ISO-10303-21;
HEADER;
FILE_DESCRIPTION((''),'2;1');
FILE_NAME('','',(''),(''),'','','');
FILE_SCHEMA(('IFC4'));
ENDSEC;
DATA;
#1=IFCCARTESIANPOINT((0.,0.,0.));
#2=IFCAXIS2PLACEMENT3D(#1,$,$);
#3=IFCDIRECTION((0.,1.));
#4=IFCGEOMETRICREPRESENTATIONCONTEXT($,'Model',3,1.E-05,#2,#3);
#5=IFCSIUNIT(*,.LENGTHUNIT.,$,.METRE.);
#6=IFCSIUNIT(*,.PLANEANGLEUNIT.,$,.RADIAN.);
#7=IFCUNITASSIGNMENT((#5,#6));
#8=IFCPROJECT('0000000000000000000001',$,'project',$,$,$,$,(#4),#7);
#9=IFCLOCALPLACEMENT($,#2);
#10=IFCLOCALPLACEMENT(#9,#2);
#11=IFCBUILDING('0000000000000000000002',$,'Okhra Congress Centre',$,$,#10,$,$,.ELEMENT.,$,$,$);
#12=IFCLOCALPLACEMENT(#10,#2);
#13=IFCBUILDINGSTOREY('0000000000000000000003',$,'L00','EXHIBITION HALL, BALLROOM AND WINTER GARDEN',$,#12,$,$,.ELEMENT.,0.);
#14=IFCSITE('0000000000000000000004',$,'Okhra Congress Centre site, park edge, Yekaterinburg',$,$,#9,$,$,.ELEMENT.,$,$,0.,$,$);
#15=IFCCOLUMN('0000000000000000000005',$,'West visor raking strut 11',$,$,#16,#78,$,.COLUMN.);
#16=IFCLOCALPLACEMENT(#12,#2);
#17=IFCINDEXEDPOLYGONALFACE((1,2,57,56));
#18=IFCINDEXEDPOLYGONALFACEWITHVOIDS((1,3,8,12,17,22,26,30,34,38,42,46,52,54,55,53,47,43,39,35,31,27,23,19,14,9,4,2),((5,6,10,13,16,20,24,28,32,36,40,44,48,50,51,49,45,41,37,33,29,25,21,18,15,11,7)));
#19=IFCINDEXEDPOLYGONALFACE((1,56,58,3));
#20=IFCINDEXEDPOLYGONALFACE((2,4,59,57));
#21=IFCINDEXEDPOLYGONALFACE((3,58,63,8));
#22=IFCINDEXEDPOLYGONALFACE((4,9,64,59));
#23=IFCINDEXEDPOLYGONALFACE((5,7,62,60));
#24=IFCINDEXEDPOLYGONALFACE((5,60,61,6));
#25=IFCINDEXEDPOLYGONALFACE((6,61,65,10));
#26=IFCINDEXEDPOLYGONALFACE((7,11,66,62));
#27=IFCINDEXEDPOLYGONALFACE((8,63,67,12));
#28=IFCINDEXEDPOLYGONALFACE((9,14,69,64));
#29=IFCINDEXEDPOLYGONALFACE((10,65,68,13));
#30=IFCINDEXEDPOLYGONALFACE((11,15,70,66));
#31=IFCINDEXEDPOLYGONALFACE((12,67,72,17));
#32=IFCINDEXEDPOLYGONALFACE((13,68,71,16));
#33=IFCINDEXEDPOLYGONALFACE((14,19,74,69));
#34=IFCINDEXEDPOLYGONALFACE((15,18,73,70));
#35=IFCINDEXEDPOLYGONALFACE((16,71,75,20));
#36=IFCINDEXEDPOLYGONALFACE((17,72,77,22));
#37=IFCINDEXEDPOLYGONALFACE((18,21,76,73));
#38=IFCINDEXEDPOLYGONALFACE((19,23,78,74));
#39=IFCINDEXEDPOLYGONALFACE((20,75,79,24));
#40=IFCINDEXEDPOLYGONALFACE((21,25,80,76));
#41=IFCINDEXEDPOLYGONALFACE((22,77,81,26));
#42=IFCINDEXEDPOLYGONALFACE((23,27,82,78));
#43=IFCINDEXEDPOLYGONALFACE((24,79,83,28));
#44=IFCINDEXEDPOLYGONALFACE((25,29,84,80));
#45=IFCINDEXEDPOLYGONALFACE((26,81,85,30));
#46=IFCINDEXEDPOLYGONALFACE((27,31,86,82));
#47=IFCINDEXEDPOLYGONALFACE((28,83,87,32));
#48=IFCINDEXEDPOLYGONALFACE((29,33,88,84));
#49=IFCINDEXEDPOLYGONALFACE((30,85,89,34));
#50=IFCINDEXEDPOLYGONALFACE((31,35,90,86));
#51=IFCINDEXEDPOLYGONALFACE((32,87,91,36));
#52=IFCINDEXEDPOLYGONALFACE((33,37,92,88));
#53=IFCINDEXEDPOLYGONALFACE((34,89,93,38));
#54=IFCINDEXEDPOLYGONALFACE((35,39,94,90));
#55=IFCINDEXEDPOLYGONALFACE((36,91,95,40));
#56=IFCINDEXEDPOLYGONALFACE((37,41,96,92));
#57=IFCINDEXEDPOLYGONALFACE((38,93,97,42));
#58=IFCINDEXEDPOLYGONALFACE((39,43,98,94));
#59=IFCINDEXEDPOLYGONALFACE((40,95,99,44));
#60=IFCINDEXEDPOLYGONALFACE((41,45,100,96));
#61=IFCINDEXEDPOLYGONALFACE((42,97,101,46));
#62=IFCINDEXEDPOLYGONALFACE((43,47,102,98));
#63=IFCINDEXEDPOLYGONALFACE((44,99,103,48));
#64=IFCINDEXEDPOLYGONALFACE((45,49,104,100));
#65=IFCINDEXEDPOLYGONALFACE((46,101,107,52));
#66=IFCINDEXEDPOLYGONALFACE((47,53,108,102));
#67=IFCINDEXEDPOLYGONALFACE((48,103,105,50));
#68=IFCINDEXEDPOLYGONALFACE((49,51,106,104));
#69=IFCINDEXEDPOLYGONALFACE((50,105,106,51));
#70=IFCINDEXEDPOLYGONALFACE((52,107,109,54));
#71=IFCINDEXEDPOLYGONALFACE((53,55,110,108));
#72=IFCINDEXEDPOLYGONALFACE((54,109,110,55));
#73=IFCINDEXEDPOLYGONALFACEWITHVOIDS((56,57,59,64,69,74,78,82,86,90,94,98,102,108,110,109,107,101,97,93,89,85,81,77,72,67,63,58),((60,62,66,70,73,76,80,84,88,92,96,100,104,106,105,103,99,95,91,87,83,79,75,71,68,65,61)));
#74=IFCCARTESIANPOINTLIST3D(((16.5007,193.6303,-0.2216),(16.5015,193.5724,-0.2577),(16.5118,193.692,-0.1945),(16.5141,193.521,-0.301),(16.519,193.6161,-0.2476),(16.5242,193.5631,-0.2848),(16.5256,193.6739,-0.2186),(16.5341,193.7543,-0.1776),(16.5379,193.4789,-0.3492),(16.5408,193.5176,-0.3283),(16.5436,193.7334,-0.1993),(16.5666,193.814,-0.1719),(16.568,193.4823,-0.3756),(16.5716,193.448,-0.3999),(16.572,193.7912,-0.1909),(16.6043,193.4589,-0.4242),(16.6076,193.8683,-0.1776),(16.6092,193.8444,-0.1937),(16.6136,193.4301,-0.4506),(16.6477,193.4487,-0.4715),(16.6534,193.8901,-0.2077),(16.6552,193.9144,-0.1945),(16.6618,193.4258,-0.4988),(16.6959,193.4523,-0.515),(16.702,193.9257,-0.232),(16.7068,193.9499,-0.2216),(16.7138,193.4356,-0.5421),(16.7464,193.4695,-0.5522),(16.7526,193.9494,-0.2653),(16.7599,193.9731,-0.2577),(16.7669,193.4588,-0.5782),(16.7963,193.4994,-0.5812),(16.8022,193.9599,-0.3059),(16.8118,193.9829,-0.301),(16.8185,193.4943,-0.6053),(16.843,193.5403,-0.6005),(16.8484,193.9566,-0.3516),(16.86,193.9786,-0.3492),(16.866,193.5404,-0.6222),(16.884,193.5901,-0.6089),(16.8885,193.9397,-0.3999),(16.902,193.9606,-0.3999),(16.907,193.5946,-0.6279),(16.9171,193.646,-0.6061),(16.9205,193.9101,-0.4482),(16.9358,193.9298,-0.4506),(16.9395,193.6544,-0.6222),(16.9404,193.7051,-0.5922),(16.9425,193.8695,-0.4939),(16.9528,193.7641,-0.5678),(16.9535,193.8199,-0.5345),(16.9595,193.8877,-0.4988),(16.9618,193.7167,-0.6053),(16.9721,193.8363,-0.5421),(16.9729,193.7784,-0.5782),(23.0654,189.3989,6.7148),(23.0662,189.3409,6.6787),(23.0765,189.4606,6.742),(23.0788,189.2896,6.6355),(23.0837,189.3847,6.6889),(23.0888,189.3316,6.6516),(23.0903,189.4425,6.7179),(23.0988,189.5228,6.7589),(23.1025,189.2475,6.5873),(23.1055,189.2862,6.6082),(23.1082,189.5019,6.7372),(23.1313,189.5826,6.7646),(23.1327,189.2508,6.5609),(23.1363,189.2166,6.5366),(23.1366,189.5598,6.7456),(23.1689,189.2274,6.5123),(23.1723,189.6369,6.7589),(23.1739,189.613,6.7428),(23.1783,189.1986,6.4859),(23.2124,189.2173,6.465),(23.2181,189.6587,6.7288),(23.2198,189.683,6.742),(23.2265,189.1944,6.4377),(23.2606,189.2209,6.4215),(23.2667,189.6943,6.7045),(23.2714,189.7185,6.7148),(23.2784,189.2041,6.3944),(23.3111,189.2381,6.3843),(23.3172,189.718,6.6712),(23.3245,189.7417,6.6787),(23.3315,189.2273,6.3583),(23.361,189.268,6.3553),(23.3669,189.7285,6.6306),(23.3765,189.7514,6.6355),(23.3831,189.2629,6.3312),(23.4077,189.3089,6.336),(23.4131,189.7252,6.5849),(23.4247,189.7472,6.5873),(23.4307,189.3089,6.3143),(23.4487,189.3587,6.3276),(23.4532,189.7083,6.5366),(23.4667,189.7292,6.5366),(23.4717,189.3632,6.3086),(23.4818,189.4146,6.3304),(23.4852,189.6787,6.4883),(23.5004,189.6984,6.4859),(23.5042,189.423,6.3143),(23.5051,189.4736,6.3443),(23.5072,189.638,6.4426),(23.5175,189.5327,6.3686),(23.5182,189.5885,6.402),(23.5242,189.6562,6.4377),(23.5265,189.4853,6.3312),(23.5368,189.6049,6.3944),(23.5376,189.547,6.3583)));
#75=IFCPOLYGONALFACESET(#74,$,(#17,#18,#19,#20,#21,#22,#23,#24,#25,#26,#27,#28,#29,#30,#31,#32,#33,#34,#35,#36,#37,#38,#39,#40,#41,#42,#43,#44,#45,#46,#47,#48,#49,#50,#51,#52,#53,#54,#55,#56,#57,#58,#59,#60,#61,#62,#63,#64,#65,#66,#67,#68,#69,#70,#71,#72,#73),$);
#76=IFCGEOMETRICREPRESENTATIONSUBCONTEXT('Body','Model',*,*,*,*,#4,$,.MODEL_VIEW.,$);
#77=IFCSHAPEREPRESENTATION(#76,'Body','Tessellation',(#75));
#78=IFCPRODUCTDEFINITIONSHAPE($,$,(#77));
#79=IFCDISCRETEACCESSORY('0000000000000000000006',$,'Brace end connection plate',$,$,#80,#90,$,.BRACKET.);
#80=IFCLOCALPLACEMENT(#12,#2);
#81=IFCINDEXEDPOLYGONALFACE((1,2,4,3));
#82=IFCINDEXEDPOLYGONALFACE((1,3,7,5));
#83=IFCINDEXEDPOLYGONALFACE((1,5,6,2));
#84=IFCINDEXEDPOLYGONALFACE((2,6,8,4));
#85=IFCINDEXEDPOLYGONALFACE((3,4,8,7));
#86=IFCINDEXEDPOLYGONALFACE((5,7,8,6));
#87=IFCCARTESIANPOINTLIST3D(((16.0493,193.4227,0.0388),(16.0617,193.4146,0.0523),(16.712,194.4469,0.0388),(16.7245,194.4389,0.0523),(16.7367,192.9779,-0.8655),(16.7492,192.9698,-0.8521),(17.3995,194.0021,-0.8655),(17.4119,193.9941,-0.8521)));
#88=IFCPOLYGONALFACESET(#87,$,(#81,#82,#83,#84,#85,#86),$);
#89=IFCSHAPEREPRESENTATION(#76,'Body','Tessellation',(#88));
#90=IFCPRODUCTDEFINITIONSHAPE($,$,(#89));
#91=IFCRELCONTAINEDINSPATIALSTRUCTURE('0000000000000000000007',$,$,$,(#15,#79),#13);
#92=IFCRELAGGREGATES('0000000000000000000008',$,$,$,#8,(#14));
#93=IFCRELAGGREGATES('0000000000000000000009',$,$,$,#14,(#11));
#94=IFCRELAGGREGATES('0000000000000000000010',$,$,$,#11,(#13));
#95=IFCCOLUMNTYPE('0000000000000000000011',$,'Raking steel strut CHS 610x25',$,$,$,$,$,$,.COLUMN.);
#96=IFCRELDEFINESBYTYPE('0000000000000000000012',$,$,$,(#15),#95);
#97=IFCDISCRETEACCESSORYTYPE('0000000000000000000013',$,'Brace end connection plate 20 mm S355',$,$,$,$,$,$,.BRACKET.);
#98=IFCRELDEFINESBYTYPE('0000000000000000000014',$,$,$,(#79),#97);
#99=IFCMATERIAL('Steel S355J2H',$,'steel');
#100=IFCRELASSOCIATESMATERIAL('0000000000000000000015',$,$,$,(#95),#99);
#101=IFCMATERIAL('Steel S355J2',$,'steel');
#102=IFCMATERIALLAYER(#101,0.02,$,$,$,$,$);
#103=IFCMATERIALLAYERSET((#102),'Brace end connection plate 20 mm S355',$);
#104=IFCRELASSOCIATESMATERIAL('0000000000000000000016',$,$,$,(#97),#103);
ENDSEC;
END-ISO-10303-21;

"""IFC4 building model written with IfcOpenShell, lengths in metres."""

from ifc_helpers import new_model, si_unit, direction, frame, origin, origin_2d, place, context, subcontext, project, spatial, rectangle, hollow_circle, extrude, material, layer, layer_set, material_profile, profile_set, type_object, element, save


model = new_model("IFC4")

# Units and contexts
model_context = context("Model", 3, precision=1e-05, world=origin(), true_north=direction((0.0, 1.0)))
body_context = subcontext(model_context, "Body", "Model", "MODEL_VIEW")
ifc_project = project(units=[si_unit("LENGTHUNIT", "METRE"), si_unit("PLANEANGLEUNIT", "RADIAN")], contexts=[model_context])

# Site, building, storey
site_placement = place(None, origin())
site = spatial("IfcSite", under=ifc_project, at=site_placement, Name="Okhra Congress Centre site, park edge, Yekaterinburg", CompositionType="ELEMENT", RefElevation=0.0)
building_placement = place(site_placement, origin())
building = spatial("IfcBuilding", under=site, at=building_placement, Name="Okhra Congress Centre", CompositionType="ELEMENT")
storey_placement = place(building_placement, origin())
storey = spatial("IfcBuildingStorey", under=building, at=storey_placement, Name="L00", Description="EXHIBITION HALL, BALLROOM AND WINTER GARDEN", CompositionType="ELEMENT", Elevation=0.0)

# Column
ifc_material_1 = material(Name="Steel S355J2", Category="steel")
ifc_material_2 = material(Name="Steel S355J2H", Category="steel")
ifc_material_profile_1 = material_profile(ifc_material_2, hollow_circle(Radius=0.3049, WallThickness=0.0249, at=origin_2d()), Name="CHS 610x25")
ifc_profile_set_1 = profile_set([ifc_material_profile_1], Name="Steel S355J2H")
column_type_1 = type_object("IfcColumnType", Name="Raking steel strut CHS 610x25", PredefinedType="COLUMN", material=ifc_profile_set_1)
column_placement = place(storey_placement, frame((16.7368, 193.7043, -0.3999), z_axis=(0.62845, -0.405084, 0.664046), x_axis=(0.541779, 0.840521, 0.0)))
element("IfcColumn", 1, at=column_placement, inside=storey, type_object=column_type_1, Name="West visor raking strut 11", PredefinedType="COLUMN", context=body_context, shape_type="SweptSolid", body=[
    extrude(hollow_circle(Radius=0.3049, WallThickness=0.0249, at=origin_2d()), origin(), (0.0, 0.0, 1.0), 10.4458),
])

# Discrete accessory
ifc_layer = layer(ifc_material_1, 0.02)
ifc_layer_set = layer_set([ifc_layer], Name="Brace end connection plate 20 mm S355")
discrete_accessory_type = type_object("IfcDiscreteAccessoryType", Name="Brace end connection plate 20 mm S355", PredefinedType="BRACKET", material=ifc_layer_set)
discrete_accessory_placement = place(storey_placement, frame((16.7368, 193.7043, -0.3999), z_axis=(-0.622368, 0.402709, -0.671181), x_axis=(-0.543251, -0.83957, 0.0)))
element("IfcDiscreteAccessory", 2, at=discrete_accessory_placement, inside=storey, type_object=discrete_accessory_type, Name="Brace end connection plate", PredefinedType="BRACKET", context=body_context, shape_type="SweptSolid", body=[
    extrude(rectangle(XDim=1.22, YDim=1.22, at=origin_2d()), origin(), (0.0, 0.0, 1.0), 0.02),
])

save(model, "model.ifc")
